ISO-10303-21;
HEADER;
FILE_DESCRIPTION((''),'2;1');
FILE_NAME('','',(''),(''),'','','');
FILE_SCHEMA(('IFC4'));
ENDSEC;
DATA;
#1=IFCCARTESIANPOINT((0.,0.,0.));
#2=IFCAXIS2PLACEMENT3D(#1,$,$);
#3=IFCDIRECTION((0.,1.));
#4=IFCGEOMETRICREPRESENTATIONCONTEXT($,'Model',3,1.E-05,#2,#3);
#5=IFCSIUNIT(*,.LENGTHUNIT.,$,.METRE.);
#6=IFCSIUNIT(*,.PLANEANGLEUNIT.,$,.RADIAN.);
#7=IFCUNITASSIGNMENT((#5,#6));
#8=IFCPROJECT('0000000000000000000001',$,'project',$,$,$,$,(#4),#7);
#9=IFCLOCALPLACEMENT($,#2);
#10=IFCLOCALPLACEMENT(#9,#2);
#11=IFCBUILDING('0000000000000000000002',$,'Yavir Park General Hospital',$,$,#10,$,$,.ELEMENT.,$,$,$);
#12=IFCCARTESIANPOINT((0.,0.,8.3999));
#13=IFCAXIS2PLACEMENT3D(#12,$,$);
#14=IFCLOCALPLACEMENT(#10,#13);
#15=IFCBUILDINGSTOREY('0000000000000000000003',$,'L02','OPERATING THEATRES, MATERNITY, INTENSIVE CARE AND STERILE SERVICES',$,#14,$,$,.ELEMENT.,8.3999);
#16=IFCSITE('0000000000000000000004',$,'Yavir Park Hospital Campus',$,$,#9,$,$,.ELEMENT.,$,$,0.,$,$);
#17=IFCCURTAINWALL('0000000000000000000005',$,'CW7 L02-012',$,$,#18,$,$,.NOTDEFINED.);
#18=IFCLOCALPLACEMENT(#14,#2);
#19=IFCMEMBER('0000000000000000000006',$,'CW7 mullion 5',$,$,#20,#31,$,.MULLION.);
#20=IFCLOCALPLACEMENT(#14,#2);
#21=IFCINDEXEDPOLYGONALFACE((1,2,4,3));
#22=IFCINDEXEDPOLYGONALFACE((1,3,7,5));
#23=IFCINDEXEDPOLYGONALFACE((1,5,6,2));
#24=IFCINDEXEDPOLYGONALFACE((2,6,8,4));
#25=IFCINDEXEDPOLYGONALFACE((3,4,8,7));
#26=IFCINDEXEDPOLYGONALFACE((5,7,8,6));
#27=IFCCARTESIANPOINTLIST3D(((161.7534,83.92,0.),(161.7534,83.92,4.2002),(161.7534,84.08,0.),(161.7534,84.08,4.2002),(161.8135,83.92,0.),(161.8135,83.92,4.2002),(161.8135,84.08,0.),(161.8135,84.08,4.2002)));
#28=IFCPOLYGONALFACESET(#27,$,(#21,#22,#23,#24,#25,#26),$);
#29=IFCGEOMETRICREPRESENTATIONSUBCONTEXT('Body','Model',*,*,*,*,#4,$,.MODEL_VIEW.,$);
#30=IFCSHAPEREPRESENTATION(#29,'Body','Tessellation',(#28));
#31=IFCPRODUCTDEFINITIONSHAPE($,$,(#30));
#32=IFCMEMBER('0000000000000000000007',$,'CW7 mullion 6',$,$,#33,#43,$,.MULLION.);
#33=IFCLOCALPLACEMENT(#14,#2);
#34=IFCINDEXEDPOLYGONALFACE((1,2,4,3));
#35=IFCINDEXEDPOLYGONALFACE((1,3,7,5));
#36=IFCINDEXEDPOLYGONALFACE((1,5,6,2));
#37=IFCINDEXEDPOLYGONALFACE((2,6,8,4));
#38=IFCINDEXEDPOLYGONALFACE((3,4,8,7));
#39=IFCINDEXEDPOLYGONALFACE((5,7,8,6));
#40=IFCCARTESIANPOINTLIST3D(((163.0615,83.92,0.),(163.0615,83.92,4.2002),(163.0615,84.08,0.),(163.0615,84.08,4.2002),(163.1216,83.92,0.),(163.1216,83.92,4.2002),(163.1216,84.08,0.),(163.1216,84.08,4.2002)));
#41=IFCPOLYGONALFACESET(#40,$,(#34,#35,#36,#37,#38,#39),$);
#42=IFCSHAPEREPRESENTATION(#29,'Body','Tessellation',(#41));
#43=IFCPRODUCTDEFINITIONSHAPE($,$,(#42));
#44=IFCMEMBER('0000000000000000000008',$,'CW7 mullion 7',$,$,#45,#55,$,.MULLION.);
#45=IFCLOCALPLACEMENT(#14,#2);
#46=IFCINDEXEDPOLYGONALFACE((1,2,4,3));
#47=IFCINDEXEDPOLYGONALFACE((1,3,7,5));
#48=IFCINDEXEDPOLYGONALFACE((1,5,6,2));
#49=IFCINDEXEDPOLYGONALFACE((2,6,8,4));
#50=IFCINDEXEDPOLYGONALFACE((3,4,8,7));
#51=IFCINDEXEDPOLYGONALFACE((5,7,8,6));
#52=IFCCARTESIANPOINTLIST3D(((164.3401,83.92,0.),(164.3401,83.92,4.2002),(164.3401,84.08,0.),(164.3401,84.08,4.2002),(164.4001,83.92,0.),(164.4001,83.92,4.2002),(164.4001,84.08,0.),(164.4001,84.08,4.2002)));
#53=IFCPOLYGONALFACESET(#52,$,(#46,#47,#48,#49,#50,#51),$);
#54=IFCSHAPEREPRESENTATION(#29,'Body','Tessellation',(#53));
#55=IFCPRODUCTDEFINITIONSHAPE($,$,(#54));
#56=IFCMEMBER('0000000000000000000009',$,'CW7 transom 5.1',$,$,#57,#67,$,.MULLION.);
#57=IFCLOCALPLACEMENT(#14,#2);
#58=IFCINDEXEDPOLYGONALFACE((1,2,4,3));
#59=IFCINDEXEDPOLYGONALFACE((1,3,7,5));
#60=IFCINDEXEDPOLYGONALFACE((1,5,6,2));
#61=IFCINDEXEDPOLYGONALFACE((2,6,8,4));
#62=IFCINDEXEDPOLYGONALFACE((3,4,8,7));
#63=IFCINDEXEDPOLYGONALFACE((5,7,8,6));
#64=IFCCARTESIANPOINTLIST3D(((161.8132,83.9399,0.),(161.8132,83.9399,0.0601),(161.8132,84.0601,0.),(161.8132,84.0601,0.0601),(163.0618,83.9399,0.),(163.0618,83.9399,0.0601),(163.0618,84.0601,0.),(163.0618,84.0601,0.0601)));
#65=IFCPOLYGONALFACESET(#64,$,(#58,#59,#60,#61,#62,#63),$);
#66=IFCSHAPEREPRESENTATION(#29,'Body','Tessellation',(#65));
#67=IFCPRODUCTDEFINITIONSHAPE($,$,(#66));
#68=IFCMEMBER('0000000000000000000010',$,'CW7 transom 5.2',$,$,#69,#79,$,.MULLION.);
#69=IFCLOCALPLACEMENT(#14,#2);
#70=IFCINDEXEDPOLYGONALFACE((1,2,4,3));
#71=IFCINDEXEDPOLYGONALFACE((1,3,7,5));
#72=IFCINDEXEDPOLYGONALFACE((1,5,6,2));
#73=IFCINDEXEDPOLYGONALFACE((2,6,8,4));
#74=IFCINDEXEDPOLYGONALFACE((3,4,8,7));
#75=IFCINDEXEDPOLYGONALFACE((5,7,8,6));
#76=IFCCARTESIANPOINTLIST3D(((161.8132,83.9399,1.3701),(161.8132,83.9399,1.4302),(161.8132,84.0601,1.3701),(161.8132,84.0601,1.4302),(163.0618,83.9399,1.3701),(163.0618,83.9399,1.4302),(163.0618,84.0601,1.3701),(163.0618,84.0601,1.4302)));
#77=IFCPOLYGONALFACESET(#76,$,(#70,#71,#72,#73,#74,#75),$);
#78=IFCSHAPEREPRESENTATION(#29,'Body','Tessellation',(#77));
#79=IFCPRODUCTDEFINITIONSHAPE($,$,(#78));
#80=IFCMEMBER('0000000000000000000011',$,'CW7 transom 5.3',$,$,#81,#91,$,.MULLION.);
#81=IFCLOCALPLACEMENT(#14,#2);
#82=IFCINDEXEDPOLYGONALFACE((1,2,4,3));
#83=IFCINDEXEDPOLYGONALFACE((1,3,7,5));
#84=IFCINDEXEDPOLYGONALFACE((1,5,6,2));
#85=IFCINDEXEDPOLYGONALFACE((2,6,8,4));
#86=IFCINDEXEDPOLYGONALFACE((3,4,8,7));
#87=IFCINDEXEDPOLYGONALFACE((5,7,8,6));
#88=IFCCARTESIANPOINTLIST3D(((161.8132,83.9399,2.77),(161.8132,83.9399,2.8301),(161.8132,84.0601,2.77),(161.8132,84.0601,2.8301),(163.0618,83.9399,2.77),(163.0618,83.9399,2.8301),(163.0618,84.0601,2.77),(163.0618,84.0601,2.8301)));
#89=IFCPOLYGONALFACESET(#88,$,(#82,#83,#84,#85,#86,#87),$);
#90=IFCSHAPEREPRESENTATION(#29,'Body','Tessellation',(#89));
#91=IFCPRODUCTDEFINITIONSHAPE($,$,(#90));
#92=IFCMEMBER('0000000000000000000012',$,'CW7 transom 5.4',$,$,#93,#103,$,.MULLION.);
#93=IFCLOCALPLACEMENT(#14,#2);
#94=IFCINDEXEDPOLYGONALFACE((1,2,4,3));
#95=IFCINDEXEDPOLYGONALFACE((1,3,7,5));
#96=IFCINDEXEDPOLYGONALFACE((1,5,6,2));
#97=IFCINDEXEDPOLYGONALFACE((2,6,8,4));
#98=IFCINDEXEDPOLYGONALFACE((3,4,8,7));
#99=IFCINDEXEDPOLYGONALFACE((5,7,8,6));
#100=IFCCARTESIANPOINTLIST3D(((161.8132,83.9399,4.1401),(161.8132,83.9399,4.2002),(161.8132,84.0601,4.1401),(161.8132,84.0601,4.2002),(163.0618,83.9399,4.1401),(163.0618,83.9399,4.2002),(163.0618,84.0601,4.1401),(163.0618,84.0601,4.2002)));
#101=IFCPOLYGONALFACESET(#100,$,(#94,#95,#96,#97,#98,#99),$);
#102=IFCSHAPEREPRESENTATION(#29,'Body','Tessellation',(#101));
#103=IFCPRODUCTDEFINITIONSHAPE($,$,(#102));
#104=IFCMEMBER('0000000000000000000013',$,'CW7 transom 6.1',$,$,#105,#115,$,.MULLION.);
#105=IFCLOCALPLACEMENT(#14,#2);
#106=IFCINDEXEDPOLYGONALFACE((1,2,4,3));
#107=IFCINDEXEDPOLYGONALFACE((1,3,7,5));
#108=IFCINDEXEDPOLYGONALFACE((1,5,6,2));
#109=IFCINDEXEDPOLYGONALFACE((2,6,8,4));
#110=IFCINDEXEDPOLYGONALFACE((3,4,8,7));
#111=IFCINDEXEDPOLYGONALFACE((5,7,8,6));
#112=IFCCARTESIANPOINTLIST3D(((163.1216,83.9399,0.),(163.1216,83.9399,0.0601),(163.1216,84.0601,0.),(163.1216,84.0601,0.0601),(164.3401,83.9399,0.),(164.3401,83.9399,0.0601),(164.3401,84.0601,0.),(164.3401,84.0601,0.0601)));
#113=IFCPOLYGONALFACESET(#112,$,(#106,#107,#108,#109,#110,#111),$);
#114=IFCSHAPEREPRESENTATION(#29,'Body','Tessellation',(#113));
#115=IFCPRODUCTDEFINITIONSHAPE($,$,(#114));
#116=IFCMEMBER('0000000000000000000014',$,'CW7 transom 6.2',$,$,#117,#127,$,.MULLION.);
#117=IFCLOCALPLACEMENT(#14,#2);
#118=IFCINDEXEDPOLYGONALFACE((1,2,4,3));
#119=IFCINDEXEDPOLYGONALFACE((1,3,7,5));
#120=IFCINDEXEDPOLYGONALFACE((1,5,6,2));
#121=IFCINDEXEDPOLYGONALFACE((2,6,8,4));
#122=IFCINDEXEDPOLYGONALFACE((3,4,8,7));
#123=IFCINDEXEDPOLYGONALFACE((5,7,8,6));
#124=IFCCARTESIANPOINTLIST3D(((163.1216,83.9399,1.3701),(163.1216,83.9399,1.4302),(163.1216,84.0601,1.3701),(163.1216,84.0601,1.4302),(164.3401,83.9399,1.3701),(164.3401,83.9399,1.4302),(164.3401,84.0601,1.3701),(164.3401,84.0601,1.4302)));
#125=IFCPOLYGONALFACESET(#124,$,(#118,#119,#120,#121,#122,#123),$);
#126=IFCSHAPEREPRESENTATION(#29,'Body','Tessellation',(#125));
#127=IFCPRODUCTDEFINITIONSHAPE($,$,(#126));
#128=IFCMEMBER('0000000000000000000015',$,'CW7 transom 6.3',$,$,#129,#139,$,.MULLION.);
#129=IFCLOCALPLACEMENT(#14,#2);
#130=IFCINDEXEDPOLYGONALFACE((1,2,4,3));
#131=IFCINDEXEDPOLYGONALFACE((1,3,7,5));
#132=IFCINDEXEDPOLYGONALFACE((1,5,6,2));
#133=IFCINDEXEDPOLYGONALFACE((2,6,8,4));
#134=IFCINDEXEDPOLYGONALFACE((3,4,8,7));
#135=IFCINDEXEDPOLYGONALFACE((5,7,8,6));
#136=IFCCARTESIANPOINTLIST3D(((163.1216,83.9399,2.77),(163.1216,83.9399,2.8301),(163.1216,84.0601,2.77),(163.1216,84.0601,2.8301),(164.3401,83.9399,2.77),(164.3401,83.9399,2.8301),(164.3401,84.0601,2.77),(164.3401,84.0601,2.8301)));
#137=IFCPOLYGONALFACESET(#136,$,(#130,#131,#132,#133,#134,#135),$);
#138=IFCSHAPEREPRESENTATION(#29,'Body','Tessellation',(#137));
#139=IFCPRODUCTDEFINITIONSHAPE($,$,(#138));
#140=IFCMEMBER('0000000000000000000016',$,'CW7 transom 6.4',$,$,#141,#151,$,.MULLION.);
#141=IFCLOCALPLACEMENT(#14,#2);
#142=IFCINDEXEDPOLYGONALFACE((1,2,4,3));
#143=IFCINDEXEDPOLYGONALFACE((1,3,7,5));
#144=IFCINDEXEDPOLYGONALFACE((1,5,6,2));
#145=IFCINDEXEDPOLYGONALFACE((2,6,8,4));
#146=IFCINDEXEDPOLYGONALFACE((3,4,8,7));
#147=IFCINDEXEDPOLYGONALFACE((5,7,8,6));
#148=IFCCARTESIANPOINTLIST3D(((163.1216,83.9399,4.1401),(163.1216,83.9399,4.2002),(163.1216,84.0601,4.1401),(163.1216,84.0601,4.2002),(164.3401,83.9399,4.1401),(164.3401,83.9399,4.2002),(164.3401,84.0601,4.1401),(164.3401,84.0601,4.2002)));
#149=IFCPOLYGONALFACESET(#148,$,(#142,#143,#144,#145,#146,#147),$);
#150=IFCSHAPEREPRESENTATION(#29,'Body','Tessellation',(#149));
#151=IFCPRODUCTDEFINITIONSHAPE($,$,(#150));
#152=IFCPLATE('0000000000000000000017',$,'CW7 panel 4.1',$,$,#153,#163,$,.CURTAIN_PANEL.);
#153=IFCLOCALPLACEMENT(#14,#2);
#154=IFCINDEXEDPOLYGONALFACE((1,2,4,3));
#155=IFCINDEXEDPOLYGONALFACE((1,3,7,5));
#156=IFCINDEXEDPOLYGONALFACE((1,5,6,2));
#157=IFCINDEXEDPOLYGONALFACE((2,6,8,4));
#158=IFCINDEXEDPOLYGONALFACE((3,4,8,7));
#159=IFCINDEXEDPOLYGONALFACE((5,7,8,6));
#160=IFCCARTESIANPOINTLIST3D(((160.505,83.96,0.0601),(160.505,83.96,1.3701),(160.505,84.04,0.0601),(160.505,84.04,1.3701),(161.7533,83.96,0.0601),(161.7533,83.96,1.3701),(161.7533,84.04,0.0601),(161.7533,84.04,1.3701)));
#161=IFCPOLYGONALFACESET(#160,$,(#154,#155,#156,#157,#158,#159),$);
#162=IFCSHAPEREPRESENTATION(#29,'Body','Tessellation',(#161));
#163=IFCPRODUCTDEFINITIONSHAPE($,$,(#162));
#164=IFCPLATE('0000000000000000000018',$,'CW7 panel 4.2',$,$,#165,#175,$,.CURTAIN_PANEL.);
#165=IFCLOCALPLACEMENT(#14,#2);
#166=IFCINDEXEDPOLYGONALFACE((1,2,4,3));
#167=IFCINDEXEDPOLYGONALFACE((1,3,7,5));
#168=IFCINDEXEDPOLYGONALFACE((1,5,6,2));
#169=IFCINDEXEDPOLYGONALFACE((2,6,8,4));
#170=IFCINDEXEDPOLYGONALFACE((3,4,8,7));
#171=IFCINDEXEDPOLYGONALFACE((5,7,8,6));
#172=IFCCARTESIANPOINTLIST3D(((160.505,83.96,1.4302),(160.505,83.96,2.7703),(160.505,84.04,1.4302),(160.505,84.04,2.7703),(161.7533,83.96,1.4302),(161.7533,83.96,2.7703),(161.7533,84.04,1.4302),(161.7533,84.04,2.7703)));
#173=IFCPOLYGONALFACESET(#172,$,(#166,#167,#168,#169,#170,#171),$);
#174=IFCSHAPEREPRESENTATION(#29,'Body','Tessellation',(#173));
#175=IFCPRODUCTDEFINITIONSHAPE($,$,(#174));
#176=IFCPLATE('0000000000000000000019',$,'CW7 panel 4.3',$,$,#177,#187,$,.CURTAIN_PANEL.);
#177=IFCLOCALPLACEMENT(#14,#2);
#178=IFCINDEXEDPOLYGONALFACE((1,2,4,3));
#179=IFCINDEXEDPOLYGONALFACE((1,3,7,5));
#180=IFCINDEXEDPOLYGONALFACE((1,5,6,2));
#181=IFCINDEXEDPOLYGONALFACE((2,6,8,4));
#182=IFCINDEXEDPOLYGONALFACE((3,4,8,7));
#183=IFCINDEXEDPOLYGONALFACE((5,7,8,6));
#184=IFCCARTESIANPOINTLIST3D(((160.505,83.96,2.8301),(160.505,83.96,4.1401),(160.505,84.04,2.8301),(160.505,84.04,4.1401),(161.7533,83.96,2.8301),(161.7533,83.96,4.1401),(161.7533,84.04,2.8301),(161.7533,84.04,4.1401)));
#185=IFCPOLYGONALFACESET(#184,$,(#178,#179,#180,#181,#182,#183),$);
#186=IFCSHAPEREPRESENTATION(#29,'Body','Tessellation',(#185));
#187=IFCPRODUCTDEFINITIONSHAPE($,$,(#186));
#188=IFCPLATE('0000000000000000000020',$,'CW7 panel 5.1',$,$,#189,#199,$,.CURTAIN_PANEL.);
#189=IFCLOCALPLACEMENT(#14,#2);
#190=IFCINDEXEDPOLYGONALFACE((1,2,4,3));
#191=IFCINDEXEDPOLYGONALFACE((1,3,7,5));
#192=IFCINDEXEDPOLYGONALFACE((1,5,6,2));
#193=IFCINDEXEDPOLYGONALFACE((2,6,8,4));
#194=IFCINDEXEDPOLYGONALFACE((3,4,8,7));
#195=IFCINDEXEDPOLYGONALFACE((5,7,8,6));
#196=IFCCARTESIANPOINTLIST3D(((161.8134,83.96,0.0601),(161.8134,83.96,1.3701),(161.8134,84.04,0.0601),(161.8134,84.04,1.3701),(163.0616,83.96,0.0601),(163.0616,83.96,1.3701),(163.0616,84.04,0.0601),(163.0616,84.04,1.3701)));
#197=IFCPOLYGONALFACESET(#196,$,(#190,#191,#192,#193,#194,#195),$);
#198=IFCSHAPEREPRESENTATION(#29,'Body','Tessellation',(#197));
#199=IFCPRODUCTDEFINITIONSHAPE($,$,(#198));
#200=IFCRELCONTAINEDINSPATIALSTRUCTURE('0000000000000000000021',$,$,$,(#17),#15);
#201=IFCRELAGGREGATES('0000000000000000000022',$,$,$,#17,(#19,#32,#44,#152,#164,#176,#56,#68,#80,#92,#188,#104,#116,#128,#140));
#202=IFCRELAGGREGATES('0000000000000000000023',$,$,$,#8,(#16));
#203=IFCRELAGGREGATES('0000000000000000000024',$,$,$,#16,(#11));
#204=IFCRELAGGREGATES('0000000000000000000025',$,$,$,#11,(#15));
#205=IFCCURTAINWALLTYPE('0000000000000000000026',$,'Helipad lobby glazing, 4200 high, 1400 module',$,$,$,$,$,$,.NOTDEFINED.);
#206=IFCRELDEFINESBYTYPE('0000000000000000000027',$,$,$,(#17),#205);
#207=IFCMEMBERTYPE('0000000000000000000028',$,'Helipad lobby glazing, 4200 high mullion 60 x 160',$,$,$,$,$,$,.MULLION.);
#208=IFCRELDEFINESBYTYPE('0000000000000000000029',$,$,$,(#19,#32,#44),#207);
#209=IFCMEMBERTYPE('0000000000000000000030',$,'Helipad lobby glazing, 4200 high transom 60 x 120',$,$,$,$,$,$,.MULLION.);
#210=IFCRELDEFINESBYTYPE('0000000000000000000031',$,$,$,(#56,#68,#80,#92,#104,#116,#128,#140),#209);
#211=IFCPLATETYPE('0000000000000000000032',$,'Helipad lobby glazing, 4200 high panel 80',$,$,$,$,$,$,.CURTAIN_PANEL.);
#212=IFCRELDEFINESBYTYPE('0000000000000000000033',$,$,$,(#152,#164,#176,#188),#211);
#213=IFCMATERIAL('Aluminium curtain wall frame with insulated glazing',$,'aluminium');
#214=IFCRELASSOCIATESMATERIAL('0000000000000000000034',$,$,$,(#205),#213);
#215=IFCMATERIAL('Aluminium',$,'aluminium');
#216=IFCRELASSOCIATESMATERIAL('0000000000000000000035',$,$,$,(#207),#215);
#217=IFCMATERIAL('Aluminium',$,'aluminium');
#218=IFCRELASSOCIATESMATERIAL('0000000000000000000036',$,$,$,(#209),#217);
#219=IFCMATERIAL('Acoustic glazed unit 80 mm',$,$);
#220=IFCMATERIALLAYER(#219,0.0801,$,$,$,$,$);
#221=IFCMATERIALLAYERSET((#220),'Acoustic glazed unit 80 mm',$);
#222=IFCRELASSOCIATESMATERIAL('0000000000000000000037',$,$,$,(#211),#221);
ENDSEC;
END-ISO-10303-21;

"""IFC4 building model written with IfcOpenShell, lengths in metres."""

from ifc_helpers import new_model, si_unit, direction, frame, origin, origin_2d, place, context, subcontext, project, spatial, rectangle, extrude, material, layer, layer_set, material_profile, profile_set, type_object, element, aggregate, save


model = new_model("IFC4")

# Units and contexts
model_context = context("Model", 3, precision=1e-05, world=origin(), true_north=direction((0.0, 1.0)))
body_context = subcontext(model_context, "Body", "Model", "MODEL_VIEW")
ifc_project = project(units=[si_unit("LENGTHUNIT", "METRE"), si_unit("PLANEANGLEUNIT", "RADIAN")], contexts=[model_context])

# Site, building, storey
site_placement = place(None, origin())
site = spatial("IfcSite", under=ifc_project, at=site_placement, Name="Yavir Park Hospital Campus", CompositionType="ELEMENT", RefElevation=0.0)
building_placement = place(site_placement, origin())
building = spatial("IfcBuilding", under=site, at=building_placement, Name="Yavir Park General Hospital", CompositionType="ELEMENT")
storey_placement = place(building_placement, frame((0.0, 0.0, 8.3999)))
storey = spatial("IfcBuildingStorey", under=building, at=storey_placement, Name="L02", Description="OPERATING THEATRES, MATERNITY, INTENSIVE CARE AND STERILE SERVICES", CompositionType="ELEMENT", Elevation=8.3999)

# Curtain wall, members, plates
ifc_material_1 = material(Name="Aluminium curtain wall frame with insulated glazing", Category="aluminium")
curtain_wall_type = type_object("IfcCurtainWallType", Name="Helipad lobby glazing, 4200 high, 1400 module", PredefinedType="NOTDEFINED", material=ifc_material_1)
curtain_wall_placement = place(storey_placement, origin())
curtain_wall = element("IfcCurtainWall", 1, at=curtain_wall_placement, inside=storey, type_object=curtain_wall_type, Name="CW7 L02-012", PredefinedType="NOTDEFINED")
ifc_material_2 = material(Name="Aluminium", Category="aluminium")
ifc_material_profile_1 = material_profile(ifc_material_2, rectangle(XDim=0.1599, YDim=0.0601, at=origin_2d()), Name="AL 60x160")
ifc_profile_set_1 = profile_set([ifc_material_profile_1], Name="Aluminium")
member_type_1 = type_object("IfcMemberType", Name="Helipad lobby glazing, 4200 high mullion 60 x 160", PredefinedType="MULLION", material=ifc_profile_set_1)
member_1_placement = place(storey_placement, frame((161.7834, 84.0, 0.0), z_axis=(0.0, 0.0, 1.0), x_axis=(0.0, 1.0, 0.0)))
member_1 = element("IfcMember", 2, at=member_1_placement, type_object=member_type_1, Name="CW7 mullion 5", PredefinedType="MULLION", context=body_context, shape_type="SweptSolid", body=[
    extrude(rectangle(XDim=0.1599, YDim=0.0601, at=origin_2d()), origin(), (0.0, 0.0, 1.0), 4.2002),
])
member_2_placement = place(storey_placement, frame((163.0916, 84.0, 0.0), z_axis=(0.0, 0.0, 1.0), x_axis=(0.0, 1.0, 0.0)))
member_2 = element("IfcMember", 3, at=member_2_placement, type_object=member_type_1, Name="CW7 mullion 6", PredefinedType="MULLION", context=body_context, shape_type="SweptSolid", body=[
    extrude(rectangle(XDim=0.1599, YDim=0.0601, at=origin_2d()), origin(), (0.0, 0.0, 1.0), 4.2002),
])
member_3_placement = place(storey_placement, frame((164.3701, 84.0, 0.0), z_axis=(0.0, 0.0, 1.0), x_axis=(0.0, 1.0, 0.0)))
member_3 = element("IfcMember", 4, at=member_3_placement, type_object=member_type_1, Name="CW7 mullion 7", PredefinedType="MULLION", context=body_context, shape_type="SweptSolid", body=[
    extrude(rectangle(XDim=0.1599, YDim=0.0601, at=origin_2d()), origin(), (0.0, 0.0, 1.0), 4.2002),
])
ifc_material_3 = material(Name="Aluminium", Category="aluminium")
ifc_material_profile_2 = material_profile(ifc_material_3, rectangle(XDim=0.1201, YDim=0.0601, at=origin_2d()), Name="AL 120x60")
ifc_profile_set_2 = profile_set([ifc_material_profile_2], Name="Aluminium")
member_type_2 = type_object("IfcMemberType", Name="Helipad lobby glazing, 4200 high transom 60 x 120", PredefinedType="MULLION", material=ifc_profile_set_2)
member_4_placement = place(storey_placement, frame((161.8132, 84.0, 0.03), z_axis=(1.0, 0.0, 0.0), x_axis=(0.0, 1.0, 0.0)))
member_4 = element("IfcMember", 5, at=member_4_placement, type_object=member_type_2, Name="CW7 transom 5.1", PredefinedType="MULLION", context=body_context, shape_type="SweptSolid", body=[
    extrude(rectangle(XDim=0.1201, YDim=0.0601, at=origin_2d()), origin(), (0.0, 0.0, 1.0), 1.2485),
])
member_5_placement = place(storey_placement, frame((161.8132, 84.0, 1.4001), z_axis=(1.0, 0.0, 0.0), x_axis=(0.0, 1.0, 0.0)))
member_5 = element("IfcMember", 6, at=member_5_placement, type_object=member_type_2, Name="CW7 transom 5.2", PredefinedType="MULLION", context=body_context, shape_type="SweptSolid", body=[
    extrude(rectangle(XDim=0.1201, YDim=0.0601, at=origin_2d()), origin(), (0.0, 0.0, 1.0), 1.2485),
])
member_6_placement = place(storey_placement, frame((161.8132, 84.0, 2.8), z_axis=(1.0, 0.0, 0.0), x_axis=(0.0, 1.0, 0.0)))
member_6 = element("IfcMember", 7, at=member_6_placement, type_object=member_type_2, Name="CW7 transom 5.3", PredefinedType="MULLION", context=body_context, shape_type="SweptSolid", body=[
    extrude(rectangle(XDim=0.1201, YDim=0.0601, at=origin_2d()), origin(), (0.0, 0.0, 1.0), 1.2485),
])
member_7_placement = place(storey_placement, frame((161.8132, 84.0, 4.1702), z_axis=(1.0, 0.0, 0.0), x_axis=(0.0, 1.0, 0.0)))
member_7 = element("IfcMember", 8, at=member_7_placement, type_object=member_type_2, Name="CW7 transom 5.4", PredefinedType="MULLION", context=body_context, shape_type="SweptSolid", body=[
    extrude(rectangle(XDim=0.1201, YDim=0.0601, at=origin_2d()), origin(), (0.0, 0.0, 1.0), 1.2485),
])
member_8_placement = place(storey_placement, frame((163.1216, 84.0, 0.03), z_axis=(1.0, 0.0, 0.0), x_axis=(0.0, 1.0, 0.0)))
member_8 = element("IfcMember", 9, at=member_8_placement, type_object=member_type_2, Name="CW7 transom 6.1", PredefinedType="MULLION", context=body_context, shape_type="SweptSolid", body=[
    extrude(rectangle(XDim=0.1201, YDim=0.0601, at=origin_2d()), origin(), (0.0, 0.0, 1.0), 1.2185),
])
member_9_placement = place(storey_placement, frame((163.1216, 84.0, 1.4001), z_axis=(1.0, 0.0, 0.0), x_axis=(0.0, 1.0, 0.0)))
member_9 = element("IfcMember", 10, at=member_9_placement, type_object=member_type_2, Name="CW7 transom 6.2", PredefinedType="MULLION", context=body_context, shape_type="SweptSolid", body=[
    extrude(rectangle(XDim=0.1201, YDim=0.0601, at=origin_2d()), origin(), (0.0, 0.0, 1.0), 1.2185),
])
member_10_placement = place(storey_placement, frame((163.1216, 84.0, 2.8), z_axis=(1.0, 0.0, 0.0), x_axis=(0.0, 1.0, 0.0)))
member_10 = element("IfcMember", 11, at=member_10_placement, type_object=member_type_2, Name="CW7 transom 6.3", PredefinedType="MULLION", context=body_context, shape_type="SweptSolid", body=[
    extrude(rectangle(XDim=0.1201, YDim=0.0601, at=origin_2d()), origin(), (0.0, 0.0, 1.0), 1.2185),
])
member_11_placement = place(storey_placement, frame((163.1216, 84.0, 4.1702), z_axis=(1.0, 0.0, 0.0), x_axis=(0.0, 1.0, 0.0)))
member_11 = element("IfcMember", 12, at=member_11_placement, type_object=member_type_2, Name="CW7 transom 6.4", PredefinedType="MULLION", context=body_context, shape_type="SweptSolid", body=[
    extrude(rectangle(XDim=0.1201, YDim=0.0601, at=origin_2d()), origin(), (0.0, 0.0, 1.0), 1.2185),
])
ifc_material_4 = material(Name="Acoustic glazed unit 80 mm")
ifc_layer_1 = layer(ifc_material_4, 0.0801)
ifc_layer_set_1 = layer_set([ifc_layer_1], Name="Acoustic glazed unit 80 mm")
plate_type = type_object("IfcPlateType", Name="Helipad lobby glazing, 4200 high panel 80", PredefinedType="CURTAIN_PANEL", material=ifc_layer_set_1)
plate_1_placement = place(storey_placement, frame((161.1292, 84.0, 0.0601), z_axis=(0.0, 0.0, 1.0), x_axis=(1.0, 0.0, 0.0)))
plate_1 = element("IfcPlate", 13, at=plate_1_placement, type_object=plate_type, Name="CW7 panel 4.1", PredefinedType="CURTAIN_PANEL", context=body_context, shape_type="SweptSolid", body=[
    extrude(rectangle(XDim=1.2483, YDim=0.0801, at=origin_2d()), origin(), (0.0, 0.0, 1.0), 1.3101),
])
plate_2_placement = place(storey_placement, frame((161.1292, 84.0, 1.4302), z_axis=(0.0, 0.0, 1.0), x_axis=(1.0, 0.0, 0.0)))
plate_2 = element("IfcPlate", 14, at=plate_2_placement, type_object=plate_type, Name="CW7 panel 4.2", PredefinedType="CURTAIN_PANEL", context=body_context, shape_type="SweptSolid", body=[
    extrude(rectangle(XDim=1.2483, YDim=0.0801, at=origin_2d()), origin(), (0.0, 0.0, 1.0), 1.3401),
])
plate_3_placement = place(storey_placement, frame((161.1292, 84.0, 2.8301), z_axis=(0.0, 0.0, 1.0), x_axis=(1.0, 0.0, 0.0)))
plate_3 = element("IfcPlate", 15, at=plate_3_placement, type_object=plate_type, Name="CW7 panel 4.3", PredefinedType="CURTAIN_PANEL", context=body_context, shape_type="SweptSolid", body=[
    extrude(rectangle(XDim=1.2483, YDim=0.0801, at=origin_2d()), origin(), (0.0, 0.0, 1.0), 1.3101),
])
plate_4_placement = place(storey_placement, frame((162.4375, 84.0, 0.0601), z_axis=(0.0, 0.0, 1.0), x_axis=(1.0, 0.0, 0.0)))
plate_4 = element("IfcPlate", 16, at=plate_4_placement, type_object=plate_type, Name="CW7 panel 5.1", PredefinedType="CURTAIN_PANEL", context=body_context, shape_type="SweptSolid", body=[
    extrude(rectangle(XDim=1.2483, YDim=0.0801, at=origin_2d()), origin(), (0.0, 0.0, 1.0), 1.3101),
])
aggregate(curtain_wall, [member_1, member_2, member_3, plate_1, plate_2, plate_3, member_4, member_5, member_6, member_7, plate_4, member_8, member_9, member_10, member_11])

save(model, "model.ifc")
